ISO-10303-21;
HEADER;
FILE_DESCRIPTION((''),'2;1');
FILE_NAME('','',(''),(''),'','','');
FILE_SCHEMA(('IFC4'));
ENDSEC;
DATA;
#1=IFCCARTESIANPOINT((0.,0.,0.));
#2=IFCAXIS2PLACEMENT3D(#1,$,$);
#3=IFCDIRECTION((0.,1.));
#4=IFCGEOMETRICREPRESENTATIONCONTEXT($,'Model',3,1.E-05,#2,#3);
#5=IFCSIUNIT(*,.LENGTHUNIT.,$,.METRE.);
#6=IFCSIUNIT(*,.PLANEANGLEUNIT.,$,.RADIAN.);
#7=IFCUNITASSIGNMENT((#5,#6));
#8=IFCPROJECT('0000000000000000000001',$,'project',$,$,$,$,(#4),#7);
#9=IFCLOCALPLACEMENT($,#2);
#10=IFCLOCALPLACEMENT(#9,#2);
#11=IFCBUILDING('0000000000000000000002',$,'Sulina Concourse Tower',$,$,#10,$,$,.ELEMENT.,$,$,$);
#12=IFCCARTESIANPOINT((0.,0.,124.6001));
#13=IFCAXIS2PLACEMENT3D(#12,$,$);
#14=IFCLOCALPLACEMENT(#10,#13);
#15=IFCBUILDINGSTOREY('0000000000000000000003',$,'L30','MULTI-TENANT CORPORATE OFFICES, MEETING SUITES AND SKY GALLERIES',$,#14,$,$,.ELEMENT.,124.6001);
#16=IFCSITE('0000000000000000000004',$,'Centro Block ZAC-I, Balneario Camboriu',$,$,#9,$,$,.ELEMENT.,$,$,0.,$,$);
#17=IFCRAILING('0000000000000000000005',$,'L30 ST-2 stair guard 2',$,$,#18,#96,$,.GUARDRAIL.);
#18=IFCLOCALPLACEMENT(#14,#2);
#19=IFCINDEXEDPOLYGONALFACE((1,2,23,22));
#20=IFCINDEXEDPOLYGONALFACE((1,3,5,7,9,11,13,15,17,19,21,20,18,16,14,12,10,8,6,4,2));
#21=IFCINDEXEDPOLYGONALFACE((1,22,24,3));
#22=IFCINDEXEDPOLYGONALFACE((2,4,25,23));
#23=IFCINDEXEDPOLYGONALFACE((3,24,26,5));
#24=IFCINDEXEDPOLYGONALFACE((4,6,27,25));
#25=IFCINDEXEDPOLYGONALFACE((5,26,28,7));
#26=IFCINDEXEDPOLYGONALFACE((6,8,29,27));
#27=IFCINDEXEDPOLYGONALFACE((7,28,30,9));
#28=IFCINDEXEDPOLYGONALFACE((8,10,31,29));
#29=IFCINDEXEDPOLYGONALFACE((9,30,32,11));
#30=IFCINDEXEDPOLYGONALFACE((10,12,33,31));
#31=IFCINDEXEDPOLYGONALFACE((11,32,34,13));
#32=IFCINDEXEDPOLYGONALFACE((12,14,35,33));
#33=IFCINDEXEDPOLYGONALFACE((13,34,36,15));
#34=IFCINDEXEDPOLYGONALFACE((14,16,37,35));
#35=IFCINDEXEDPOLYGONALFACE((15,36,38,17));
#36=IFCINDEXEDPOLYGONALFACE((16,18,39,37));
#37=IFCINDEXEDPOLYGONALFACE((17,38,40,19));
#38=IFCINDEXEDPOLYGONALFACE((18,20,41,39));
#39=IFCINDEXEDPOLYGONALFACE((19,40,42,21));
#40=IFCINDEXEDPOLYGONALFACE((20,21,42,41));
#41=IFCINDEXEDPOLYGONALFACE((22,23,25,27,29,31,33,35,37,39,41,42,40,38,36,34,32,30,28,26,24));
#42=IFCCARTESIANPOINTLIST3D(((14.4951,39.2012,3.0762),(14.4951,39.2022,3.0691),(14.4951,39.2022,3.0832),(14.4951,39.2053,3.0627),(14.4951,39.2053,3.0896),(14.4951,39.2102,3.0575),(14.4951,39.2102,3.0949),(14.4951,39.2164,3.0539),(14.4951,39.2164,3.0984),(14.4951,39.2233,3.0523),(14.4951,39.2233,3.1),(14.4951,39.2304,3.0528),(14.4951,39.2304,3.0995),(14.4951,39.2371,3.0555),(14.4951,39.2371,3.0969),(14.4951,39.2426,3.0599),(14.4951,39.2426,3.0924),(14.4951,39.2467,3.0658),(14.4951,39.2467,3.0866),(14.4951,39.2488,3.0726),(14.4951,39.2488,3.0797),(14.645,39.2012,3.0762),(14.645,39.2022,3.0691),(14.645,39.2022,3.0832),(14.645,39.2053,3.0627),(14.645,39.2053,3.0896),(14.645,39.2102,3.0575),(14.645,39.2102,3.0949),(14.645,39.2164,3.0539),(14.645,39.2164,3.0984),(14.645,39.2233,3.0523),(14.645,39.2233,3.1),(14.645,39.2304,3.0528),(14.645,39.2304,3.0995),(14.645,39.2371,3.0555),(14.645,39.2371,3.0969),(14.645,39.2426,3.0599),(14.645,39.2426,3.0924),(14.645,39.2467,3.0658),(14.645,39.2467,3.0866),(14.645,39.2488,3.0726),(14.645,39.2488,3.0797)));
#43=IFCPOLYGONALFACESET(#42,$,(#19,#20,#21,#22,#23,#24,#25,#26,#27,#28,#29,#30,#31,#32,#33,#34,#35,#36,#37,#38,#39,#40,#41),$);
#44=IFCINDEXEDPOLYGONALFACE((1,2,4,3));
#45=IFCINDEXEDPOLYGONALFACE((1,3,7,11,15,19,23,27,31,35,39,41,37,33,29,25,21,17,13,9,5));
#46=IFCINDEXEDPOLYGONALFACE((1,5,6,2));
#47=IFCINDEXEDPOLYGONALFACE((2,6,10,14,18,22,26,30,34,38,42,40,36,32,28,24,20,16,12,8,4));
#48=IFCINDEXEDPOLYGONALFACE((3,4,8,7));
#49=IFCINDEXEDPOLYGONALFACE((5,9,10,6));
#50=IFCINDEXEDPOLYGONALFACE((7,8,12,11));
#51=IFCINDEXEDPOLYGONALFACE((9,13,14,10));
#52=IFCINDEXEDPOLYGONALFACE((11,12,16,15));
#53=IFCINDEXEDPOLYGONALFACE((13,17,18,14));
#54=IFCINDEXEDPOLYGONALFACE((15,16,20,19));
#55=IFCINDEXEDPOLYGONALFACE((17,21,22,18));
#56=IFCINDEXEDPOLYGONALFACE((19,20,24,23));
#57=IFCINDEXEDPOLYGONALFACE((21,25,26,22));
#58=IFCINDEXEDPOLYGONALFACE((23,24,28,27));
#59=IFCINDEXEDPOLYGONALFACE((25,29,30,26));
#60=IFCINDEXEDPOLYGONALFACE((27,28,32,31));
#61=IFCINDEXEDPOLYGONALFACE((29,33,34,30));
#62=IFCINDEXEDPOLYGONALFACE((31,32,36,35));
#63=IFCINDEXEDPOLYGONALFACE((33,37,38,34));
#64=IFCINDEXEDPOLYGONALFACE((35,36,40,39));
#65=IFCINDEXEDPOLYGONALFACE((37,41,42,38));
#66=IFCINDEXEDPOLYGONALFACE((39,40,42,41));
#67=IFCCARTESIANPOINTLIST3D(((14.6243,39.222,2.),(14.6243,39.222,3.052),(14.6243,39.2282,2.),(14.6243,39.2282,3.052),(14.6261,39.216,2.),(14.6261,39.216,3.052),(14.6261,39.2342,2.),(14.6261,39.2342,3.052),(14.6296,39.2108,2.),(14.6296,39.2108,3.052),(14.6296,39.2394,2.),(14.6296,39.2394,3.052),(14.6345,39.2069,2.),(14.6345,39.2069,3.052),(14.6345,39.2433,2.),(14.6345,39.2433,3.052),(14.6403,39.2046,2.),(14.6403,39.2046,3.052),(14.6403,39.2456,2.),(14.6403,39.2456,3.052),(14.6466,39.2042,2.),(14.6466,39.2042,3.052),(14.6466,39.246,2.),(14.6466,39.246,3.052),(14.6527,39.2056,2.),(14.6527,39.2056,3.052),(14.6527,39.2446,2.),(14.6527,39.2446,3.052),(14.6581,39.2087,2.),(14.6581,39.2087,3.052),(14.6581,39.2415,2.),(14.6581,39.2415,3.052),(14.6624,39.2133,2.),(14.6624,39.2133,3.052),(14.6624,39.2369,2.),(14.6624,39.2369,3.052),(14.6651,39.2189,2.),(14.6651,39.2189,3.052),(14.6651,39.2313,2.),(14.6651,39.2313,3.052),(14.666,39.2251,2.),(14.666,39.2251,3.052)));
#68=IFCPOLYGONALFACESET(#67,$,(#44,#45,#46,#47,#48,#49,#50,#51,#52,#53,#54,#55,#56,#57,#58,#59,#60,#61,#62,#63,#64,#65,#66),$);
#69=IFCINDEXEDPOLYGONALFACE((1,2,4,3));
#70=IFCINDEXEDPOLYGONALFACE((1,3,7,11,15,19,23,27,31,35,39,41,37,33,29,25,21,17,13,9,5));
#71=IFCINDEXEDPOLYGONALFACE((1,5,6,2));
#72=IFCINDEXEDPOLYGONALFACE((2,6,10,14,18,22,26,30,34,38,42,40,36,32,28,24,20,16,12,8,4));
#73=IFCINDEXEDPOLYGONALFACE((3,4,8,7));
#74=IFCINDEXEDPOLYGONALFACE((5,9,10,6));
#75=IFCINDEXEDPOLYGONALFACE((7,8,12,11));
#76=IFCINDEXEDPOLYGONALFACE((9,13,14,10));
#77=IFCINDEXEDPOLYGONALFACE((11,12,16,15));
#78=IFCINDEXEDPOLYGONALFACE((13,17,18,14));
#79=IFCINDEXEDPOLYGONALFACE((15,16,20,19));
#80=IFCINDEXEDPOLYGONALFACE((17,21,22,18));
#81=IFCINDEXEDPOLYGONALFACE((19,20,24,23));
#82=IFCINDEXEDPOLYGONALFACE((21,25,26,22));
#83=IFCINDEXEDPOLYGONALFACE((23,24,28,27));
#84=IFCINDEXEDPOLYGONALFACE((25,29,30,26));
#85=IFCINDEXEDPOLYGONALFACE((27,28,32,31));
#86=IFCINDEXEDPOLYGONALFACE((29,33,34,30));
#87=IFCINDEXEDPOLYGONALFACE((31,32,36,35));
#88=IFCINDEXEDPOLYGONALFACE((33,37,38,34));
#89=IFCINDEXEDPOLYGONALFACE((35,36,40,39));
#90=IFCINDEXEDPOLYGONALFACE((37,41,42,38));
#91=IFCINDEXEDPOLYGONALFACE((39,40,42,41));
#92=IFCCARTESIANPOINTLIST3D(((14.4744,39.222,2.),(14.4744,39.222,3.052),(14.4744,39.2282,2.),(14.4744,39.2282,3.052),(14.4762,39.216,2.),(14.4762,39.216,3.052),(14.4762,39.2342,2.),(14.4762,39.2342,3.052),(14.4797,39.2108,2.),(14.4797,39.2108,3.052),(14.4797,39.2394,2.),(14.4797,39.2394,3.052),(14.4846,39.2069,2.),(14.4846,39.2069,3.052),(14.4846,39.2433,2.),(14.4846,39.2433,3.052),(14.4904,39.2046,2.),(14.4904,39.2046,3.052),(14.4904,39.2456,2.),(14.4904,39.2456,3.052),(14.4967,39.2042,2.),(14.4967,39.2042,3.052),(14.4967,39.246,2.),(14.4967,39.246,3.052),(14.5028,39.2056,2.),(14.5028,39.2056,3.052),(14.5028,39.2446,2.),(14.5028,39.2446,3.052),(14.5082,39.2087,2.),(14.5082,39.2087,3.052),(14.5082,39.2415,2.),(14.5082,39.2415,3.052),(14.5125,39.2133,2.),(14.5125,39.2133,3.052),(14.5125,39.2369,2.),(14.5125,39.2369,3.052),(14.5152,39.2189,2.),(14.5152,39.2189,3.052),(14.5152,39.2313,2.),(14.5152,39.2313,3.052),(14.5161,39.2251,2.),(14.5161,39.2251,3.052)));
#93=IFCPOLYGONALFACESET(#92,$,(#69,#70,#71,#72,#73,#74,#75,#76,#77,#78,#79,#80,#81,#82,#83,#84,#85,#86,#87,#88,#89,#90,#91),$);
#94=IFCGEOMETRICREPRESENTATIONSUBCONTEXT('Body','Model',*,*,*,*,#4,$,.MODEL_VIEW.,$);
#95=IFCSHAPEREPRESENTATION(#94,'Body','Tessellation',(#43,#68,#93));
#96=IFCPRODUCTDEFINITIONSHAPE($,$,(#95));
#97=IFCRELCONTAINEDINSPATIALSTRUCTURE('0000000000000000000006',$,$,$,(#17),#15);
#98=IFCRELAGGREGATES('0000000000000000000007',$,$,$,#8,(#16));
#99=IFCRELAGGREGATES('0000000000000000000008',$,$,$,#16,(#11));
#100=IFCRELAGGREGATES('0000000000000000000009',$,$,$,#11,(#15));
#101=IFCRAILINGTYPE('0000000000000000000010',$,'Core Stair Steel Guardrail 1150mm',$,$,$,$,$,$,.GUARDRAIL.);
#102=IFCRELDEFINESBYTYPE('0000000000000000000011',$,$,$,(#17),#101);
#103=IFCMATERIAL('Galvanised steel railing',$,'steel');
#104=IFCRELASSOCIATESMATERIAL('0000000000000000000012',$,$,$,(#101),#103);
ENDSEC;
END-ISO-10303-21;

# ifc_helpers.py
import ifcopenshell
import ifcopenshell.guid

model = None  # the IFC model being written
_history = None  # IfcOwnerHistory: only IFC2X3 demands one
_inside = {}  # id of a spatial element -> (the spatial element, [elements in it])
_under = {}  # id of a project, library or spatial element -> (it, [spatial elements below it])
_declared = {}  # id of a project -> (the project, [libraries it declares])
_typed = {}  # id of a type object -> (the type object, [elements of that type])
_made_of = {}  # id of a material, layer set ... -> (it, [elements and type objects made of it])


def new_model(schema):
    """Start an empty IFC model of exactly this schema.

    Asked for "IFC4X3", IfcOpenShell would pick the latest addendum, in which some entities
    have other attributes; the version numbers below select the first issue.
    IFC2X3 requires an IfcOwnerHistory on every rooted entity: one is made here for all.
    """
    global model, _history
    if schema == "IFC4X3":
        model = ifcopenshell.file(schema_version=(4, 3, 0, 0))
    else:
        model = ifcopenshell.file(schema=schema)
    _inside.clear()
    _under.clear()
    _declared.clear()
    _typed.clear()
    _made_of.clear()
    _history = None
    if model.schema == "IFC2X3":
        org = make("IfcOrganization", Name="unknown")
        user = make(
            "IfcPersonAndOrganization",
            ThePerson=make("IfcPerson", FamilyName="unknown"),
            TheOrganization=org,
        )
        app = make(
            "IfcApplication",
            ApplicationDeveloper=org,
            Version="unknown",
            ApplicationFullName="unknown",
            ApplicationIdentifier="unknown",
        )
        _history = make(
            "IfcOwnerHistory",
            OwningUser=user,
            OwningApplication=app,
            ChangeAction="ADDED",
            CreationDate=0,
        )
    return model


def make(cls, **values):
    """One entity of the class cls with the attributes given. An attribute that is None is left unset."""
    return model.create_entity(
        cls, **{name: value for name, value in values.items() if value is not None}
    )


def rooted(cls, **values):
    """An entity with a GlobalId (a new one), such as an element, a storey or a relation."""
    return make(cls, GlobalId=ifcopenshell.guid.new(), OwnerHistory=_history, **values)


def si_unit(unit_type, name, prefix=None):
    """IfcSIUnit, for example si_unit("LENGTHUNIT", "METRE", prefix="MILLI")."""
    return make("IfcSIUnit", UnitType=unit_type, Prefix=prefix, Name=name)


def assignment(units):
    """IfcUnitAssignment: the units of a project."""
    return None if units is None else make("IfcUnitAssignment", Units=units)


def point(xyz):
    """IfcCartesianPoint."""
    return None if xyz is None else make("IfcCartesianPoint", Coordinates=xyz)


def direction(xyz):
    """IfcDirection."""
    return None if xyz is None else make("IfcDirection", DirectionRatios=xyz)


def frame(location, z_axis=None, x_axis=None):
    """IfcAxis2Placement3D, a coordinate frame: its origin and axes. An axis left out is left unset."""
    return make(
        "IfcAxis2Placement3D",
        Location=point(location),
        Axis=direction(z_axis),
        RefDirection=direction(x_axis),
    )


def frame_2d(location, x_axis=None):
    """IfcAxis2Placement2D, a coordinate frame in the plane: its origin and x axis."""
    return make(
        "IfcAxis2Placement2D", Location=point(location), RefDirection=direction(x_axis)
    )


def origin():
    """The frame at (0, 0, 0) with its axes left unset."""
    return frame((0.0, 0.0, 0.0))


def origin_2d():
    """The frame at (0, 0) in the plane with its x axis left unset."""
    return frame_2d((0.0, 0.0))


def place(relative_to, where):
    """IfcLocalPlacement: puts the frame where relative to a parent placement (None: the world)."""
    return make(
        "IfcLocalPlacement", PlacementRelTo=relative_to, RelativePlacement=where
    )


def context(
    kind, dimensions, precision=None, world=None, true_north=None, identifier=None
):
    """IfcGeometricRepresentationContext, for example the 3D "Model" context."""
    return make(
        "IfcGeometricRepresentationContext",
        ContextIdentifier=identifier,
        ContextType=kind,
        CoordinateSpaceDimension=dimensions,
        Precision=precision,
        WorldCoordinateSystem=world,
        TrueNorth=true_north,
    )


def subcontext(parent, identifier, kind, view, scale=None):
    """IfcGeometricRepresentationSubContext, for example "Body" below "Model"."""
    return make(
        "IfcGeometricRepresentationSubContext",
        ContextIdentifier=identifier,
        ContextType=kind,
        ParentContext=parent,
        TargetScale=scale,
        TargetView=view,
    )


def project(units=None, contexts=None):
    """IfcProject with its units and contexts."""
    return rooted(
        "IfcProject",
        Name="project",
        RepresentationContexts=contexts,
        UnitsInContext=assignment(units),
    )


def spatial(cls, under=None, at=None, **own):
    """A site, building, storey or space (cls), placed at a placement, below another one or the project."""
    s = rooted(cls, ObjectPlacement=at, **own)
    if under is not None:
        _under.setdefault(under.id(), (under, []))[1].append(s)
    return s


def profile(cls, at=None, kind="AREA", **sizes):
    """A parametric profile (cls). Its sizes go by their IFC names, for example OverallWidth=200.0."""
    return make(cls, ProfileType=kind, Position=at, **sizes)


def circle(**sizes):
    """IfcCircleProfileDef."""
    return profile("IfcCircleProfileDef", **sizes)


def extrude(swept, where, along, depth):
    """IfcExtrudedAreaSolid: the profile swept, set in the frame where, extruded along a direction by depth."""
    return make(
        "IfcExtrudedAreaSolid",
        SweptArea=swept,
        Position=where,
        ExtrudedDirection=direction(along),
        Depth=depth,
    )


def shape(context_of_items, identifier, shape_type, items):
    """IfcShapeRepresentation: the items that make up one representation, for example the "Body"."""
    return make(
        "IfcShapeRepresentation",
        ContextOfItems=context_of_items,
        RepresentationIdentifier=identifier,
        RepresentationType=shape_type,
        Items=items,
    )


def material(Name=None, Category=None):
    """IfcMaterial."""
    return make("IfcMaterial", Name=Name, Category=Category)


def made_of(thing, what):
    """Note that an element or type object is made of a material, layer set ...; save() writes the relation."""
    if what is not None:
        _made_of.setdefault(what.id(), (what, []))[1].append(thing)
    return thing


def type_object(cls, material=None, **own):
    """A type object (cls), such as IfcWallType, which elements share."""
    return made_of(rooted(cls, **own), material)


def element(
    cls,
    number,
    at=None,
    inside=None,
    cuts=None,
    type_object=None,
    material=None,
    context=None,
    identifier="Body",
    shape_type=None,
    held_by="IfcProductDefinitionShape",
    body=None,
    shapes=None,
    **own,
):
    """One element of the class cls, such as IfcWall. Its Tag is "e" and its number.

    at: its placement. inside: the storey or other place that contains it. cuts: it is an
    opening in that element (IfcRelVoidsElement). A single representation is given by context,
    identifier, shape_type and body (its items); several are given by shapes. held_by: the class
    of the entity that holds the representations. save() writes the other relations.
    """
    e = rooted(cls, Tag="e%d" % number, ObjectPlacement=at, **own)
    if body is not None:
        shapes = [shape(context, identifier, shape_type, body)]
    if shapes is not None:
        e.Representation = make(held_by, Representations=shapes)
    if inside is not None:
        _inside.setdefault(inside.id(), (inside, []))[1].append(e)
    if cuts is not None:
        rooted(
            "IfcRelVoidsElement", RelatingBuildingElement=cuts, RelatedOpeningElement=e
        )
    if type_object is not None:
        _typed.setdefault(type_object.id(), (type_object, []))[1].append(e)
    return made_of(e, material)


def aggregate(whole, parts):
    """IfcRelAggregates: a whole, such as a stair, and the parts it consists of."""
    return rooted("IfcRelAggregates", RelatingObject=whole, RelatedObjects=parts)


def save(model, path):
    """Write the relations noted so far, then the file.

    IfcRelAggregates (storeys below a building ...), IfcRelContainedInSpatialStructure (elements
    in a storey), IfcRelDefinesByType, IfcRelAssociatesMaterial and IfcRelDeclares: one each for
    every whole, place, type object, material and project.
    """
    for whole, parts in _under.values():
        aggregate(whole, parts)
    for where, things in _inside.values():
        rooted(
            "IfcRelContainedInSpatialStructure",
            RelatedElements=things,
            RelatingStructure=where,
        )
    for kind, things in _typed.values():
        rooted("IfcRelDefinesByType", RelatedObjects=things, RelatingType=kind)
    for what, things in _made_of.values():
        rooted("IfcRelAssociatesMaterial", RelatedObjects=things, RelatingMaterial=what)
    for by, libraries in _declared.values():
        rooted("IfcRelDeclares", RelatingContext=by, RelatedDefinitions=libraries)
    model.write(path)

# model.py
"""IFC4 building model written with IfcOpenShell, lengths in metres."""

from ifc_helpers import new_model, si_unit, direction, frame, origin, origin_2d, place, context, subcontext, project, spatial, circle, extrude, material, type_object, element, save


model = new_model("IFC4")

# Units and contexts
model_context = context("Model", 3, precision=1e-05, world=origin(), true_north=direction((0.0, 1.0)))
body_context = subcontext(model_context, "Body", "Model", "MODEL_VIEW")
ifc_project = project(units=[si_unit("LENGTHUNIT", "METRE"), si_unit("PLANEANGLEUNIT", "RADIAN")], contexts=[model_context])

# Site, building, storey
site_placement = place(None, origin())
site = spatial("IfcSite", under=ifc_project, at=site_placement, Name="Centro Block ZAC-I, Balneario Camboriu", CompositionType="ELEMENT", RefElevation=0.0)
building_placement = place(site_placement, origin())
building = spatial("IfcBuilding", under=site, at=building_placement, Name="Sulina Concourse Tower", CompositionType="ELEMENT")
storey_placement = place(building_placement, frame((0.0, 0.0, 124.6001)))
storey = spatial("IfcBuildingStorey", under=building, at=storey_placement, Name="L30", Description="MULTI-TENANT CORPORATE OFFICES, MEETING SUITES AND SKY GALLERIES", CompositionType="ELEMENT", Elevation=124.6001)

# Railing
ifc_material_1 = material(Name="Galvanised steel railing", Category="steel")
railing_type_1 = type_object("IfcRailingType", Name="Core Stair Steel Guardrail 1150mm", PredefinedType="GUARDRAIL", material=ifc_material_1)
railing_1_placement = place(storey_placement, frame((14.645, 39.2251, 2.0)))
element("IfcRailing", 1, at=railing_1_placement, inside=storey, type_object=railing_type_1, Name="L30 ST-2 stair guard 2", PredefinedType="GUARDRAIL", context=body_context, shape_type="SweptSolid", body=[
    extrude(circle(Radius=0.0239, at=origin_2d()), frame((0.0, 0.0, 1.0762), z_axis=(-1.0, 0.0, 0.0), x_axis=(0.0, -1.0, 0.0)), (0.0, 0.0, 1.0), 0.1499),
    extrude(circle(Radius=0.021, at=origin_2d()), origin(), (0.0, 0.0, 1.0), 1.052),
    extrude(circle(Radius=0.021, at=origin_2d()), frame((-0.1499, 0.0, 0.0)), (0.0, 0.0, 1.0), 1.052),
])

save(model, "model.ifc")
